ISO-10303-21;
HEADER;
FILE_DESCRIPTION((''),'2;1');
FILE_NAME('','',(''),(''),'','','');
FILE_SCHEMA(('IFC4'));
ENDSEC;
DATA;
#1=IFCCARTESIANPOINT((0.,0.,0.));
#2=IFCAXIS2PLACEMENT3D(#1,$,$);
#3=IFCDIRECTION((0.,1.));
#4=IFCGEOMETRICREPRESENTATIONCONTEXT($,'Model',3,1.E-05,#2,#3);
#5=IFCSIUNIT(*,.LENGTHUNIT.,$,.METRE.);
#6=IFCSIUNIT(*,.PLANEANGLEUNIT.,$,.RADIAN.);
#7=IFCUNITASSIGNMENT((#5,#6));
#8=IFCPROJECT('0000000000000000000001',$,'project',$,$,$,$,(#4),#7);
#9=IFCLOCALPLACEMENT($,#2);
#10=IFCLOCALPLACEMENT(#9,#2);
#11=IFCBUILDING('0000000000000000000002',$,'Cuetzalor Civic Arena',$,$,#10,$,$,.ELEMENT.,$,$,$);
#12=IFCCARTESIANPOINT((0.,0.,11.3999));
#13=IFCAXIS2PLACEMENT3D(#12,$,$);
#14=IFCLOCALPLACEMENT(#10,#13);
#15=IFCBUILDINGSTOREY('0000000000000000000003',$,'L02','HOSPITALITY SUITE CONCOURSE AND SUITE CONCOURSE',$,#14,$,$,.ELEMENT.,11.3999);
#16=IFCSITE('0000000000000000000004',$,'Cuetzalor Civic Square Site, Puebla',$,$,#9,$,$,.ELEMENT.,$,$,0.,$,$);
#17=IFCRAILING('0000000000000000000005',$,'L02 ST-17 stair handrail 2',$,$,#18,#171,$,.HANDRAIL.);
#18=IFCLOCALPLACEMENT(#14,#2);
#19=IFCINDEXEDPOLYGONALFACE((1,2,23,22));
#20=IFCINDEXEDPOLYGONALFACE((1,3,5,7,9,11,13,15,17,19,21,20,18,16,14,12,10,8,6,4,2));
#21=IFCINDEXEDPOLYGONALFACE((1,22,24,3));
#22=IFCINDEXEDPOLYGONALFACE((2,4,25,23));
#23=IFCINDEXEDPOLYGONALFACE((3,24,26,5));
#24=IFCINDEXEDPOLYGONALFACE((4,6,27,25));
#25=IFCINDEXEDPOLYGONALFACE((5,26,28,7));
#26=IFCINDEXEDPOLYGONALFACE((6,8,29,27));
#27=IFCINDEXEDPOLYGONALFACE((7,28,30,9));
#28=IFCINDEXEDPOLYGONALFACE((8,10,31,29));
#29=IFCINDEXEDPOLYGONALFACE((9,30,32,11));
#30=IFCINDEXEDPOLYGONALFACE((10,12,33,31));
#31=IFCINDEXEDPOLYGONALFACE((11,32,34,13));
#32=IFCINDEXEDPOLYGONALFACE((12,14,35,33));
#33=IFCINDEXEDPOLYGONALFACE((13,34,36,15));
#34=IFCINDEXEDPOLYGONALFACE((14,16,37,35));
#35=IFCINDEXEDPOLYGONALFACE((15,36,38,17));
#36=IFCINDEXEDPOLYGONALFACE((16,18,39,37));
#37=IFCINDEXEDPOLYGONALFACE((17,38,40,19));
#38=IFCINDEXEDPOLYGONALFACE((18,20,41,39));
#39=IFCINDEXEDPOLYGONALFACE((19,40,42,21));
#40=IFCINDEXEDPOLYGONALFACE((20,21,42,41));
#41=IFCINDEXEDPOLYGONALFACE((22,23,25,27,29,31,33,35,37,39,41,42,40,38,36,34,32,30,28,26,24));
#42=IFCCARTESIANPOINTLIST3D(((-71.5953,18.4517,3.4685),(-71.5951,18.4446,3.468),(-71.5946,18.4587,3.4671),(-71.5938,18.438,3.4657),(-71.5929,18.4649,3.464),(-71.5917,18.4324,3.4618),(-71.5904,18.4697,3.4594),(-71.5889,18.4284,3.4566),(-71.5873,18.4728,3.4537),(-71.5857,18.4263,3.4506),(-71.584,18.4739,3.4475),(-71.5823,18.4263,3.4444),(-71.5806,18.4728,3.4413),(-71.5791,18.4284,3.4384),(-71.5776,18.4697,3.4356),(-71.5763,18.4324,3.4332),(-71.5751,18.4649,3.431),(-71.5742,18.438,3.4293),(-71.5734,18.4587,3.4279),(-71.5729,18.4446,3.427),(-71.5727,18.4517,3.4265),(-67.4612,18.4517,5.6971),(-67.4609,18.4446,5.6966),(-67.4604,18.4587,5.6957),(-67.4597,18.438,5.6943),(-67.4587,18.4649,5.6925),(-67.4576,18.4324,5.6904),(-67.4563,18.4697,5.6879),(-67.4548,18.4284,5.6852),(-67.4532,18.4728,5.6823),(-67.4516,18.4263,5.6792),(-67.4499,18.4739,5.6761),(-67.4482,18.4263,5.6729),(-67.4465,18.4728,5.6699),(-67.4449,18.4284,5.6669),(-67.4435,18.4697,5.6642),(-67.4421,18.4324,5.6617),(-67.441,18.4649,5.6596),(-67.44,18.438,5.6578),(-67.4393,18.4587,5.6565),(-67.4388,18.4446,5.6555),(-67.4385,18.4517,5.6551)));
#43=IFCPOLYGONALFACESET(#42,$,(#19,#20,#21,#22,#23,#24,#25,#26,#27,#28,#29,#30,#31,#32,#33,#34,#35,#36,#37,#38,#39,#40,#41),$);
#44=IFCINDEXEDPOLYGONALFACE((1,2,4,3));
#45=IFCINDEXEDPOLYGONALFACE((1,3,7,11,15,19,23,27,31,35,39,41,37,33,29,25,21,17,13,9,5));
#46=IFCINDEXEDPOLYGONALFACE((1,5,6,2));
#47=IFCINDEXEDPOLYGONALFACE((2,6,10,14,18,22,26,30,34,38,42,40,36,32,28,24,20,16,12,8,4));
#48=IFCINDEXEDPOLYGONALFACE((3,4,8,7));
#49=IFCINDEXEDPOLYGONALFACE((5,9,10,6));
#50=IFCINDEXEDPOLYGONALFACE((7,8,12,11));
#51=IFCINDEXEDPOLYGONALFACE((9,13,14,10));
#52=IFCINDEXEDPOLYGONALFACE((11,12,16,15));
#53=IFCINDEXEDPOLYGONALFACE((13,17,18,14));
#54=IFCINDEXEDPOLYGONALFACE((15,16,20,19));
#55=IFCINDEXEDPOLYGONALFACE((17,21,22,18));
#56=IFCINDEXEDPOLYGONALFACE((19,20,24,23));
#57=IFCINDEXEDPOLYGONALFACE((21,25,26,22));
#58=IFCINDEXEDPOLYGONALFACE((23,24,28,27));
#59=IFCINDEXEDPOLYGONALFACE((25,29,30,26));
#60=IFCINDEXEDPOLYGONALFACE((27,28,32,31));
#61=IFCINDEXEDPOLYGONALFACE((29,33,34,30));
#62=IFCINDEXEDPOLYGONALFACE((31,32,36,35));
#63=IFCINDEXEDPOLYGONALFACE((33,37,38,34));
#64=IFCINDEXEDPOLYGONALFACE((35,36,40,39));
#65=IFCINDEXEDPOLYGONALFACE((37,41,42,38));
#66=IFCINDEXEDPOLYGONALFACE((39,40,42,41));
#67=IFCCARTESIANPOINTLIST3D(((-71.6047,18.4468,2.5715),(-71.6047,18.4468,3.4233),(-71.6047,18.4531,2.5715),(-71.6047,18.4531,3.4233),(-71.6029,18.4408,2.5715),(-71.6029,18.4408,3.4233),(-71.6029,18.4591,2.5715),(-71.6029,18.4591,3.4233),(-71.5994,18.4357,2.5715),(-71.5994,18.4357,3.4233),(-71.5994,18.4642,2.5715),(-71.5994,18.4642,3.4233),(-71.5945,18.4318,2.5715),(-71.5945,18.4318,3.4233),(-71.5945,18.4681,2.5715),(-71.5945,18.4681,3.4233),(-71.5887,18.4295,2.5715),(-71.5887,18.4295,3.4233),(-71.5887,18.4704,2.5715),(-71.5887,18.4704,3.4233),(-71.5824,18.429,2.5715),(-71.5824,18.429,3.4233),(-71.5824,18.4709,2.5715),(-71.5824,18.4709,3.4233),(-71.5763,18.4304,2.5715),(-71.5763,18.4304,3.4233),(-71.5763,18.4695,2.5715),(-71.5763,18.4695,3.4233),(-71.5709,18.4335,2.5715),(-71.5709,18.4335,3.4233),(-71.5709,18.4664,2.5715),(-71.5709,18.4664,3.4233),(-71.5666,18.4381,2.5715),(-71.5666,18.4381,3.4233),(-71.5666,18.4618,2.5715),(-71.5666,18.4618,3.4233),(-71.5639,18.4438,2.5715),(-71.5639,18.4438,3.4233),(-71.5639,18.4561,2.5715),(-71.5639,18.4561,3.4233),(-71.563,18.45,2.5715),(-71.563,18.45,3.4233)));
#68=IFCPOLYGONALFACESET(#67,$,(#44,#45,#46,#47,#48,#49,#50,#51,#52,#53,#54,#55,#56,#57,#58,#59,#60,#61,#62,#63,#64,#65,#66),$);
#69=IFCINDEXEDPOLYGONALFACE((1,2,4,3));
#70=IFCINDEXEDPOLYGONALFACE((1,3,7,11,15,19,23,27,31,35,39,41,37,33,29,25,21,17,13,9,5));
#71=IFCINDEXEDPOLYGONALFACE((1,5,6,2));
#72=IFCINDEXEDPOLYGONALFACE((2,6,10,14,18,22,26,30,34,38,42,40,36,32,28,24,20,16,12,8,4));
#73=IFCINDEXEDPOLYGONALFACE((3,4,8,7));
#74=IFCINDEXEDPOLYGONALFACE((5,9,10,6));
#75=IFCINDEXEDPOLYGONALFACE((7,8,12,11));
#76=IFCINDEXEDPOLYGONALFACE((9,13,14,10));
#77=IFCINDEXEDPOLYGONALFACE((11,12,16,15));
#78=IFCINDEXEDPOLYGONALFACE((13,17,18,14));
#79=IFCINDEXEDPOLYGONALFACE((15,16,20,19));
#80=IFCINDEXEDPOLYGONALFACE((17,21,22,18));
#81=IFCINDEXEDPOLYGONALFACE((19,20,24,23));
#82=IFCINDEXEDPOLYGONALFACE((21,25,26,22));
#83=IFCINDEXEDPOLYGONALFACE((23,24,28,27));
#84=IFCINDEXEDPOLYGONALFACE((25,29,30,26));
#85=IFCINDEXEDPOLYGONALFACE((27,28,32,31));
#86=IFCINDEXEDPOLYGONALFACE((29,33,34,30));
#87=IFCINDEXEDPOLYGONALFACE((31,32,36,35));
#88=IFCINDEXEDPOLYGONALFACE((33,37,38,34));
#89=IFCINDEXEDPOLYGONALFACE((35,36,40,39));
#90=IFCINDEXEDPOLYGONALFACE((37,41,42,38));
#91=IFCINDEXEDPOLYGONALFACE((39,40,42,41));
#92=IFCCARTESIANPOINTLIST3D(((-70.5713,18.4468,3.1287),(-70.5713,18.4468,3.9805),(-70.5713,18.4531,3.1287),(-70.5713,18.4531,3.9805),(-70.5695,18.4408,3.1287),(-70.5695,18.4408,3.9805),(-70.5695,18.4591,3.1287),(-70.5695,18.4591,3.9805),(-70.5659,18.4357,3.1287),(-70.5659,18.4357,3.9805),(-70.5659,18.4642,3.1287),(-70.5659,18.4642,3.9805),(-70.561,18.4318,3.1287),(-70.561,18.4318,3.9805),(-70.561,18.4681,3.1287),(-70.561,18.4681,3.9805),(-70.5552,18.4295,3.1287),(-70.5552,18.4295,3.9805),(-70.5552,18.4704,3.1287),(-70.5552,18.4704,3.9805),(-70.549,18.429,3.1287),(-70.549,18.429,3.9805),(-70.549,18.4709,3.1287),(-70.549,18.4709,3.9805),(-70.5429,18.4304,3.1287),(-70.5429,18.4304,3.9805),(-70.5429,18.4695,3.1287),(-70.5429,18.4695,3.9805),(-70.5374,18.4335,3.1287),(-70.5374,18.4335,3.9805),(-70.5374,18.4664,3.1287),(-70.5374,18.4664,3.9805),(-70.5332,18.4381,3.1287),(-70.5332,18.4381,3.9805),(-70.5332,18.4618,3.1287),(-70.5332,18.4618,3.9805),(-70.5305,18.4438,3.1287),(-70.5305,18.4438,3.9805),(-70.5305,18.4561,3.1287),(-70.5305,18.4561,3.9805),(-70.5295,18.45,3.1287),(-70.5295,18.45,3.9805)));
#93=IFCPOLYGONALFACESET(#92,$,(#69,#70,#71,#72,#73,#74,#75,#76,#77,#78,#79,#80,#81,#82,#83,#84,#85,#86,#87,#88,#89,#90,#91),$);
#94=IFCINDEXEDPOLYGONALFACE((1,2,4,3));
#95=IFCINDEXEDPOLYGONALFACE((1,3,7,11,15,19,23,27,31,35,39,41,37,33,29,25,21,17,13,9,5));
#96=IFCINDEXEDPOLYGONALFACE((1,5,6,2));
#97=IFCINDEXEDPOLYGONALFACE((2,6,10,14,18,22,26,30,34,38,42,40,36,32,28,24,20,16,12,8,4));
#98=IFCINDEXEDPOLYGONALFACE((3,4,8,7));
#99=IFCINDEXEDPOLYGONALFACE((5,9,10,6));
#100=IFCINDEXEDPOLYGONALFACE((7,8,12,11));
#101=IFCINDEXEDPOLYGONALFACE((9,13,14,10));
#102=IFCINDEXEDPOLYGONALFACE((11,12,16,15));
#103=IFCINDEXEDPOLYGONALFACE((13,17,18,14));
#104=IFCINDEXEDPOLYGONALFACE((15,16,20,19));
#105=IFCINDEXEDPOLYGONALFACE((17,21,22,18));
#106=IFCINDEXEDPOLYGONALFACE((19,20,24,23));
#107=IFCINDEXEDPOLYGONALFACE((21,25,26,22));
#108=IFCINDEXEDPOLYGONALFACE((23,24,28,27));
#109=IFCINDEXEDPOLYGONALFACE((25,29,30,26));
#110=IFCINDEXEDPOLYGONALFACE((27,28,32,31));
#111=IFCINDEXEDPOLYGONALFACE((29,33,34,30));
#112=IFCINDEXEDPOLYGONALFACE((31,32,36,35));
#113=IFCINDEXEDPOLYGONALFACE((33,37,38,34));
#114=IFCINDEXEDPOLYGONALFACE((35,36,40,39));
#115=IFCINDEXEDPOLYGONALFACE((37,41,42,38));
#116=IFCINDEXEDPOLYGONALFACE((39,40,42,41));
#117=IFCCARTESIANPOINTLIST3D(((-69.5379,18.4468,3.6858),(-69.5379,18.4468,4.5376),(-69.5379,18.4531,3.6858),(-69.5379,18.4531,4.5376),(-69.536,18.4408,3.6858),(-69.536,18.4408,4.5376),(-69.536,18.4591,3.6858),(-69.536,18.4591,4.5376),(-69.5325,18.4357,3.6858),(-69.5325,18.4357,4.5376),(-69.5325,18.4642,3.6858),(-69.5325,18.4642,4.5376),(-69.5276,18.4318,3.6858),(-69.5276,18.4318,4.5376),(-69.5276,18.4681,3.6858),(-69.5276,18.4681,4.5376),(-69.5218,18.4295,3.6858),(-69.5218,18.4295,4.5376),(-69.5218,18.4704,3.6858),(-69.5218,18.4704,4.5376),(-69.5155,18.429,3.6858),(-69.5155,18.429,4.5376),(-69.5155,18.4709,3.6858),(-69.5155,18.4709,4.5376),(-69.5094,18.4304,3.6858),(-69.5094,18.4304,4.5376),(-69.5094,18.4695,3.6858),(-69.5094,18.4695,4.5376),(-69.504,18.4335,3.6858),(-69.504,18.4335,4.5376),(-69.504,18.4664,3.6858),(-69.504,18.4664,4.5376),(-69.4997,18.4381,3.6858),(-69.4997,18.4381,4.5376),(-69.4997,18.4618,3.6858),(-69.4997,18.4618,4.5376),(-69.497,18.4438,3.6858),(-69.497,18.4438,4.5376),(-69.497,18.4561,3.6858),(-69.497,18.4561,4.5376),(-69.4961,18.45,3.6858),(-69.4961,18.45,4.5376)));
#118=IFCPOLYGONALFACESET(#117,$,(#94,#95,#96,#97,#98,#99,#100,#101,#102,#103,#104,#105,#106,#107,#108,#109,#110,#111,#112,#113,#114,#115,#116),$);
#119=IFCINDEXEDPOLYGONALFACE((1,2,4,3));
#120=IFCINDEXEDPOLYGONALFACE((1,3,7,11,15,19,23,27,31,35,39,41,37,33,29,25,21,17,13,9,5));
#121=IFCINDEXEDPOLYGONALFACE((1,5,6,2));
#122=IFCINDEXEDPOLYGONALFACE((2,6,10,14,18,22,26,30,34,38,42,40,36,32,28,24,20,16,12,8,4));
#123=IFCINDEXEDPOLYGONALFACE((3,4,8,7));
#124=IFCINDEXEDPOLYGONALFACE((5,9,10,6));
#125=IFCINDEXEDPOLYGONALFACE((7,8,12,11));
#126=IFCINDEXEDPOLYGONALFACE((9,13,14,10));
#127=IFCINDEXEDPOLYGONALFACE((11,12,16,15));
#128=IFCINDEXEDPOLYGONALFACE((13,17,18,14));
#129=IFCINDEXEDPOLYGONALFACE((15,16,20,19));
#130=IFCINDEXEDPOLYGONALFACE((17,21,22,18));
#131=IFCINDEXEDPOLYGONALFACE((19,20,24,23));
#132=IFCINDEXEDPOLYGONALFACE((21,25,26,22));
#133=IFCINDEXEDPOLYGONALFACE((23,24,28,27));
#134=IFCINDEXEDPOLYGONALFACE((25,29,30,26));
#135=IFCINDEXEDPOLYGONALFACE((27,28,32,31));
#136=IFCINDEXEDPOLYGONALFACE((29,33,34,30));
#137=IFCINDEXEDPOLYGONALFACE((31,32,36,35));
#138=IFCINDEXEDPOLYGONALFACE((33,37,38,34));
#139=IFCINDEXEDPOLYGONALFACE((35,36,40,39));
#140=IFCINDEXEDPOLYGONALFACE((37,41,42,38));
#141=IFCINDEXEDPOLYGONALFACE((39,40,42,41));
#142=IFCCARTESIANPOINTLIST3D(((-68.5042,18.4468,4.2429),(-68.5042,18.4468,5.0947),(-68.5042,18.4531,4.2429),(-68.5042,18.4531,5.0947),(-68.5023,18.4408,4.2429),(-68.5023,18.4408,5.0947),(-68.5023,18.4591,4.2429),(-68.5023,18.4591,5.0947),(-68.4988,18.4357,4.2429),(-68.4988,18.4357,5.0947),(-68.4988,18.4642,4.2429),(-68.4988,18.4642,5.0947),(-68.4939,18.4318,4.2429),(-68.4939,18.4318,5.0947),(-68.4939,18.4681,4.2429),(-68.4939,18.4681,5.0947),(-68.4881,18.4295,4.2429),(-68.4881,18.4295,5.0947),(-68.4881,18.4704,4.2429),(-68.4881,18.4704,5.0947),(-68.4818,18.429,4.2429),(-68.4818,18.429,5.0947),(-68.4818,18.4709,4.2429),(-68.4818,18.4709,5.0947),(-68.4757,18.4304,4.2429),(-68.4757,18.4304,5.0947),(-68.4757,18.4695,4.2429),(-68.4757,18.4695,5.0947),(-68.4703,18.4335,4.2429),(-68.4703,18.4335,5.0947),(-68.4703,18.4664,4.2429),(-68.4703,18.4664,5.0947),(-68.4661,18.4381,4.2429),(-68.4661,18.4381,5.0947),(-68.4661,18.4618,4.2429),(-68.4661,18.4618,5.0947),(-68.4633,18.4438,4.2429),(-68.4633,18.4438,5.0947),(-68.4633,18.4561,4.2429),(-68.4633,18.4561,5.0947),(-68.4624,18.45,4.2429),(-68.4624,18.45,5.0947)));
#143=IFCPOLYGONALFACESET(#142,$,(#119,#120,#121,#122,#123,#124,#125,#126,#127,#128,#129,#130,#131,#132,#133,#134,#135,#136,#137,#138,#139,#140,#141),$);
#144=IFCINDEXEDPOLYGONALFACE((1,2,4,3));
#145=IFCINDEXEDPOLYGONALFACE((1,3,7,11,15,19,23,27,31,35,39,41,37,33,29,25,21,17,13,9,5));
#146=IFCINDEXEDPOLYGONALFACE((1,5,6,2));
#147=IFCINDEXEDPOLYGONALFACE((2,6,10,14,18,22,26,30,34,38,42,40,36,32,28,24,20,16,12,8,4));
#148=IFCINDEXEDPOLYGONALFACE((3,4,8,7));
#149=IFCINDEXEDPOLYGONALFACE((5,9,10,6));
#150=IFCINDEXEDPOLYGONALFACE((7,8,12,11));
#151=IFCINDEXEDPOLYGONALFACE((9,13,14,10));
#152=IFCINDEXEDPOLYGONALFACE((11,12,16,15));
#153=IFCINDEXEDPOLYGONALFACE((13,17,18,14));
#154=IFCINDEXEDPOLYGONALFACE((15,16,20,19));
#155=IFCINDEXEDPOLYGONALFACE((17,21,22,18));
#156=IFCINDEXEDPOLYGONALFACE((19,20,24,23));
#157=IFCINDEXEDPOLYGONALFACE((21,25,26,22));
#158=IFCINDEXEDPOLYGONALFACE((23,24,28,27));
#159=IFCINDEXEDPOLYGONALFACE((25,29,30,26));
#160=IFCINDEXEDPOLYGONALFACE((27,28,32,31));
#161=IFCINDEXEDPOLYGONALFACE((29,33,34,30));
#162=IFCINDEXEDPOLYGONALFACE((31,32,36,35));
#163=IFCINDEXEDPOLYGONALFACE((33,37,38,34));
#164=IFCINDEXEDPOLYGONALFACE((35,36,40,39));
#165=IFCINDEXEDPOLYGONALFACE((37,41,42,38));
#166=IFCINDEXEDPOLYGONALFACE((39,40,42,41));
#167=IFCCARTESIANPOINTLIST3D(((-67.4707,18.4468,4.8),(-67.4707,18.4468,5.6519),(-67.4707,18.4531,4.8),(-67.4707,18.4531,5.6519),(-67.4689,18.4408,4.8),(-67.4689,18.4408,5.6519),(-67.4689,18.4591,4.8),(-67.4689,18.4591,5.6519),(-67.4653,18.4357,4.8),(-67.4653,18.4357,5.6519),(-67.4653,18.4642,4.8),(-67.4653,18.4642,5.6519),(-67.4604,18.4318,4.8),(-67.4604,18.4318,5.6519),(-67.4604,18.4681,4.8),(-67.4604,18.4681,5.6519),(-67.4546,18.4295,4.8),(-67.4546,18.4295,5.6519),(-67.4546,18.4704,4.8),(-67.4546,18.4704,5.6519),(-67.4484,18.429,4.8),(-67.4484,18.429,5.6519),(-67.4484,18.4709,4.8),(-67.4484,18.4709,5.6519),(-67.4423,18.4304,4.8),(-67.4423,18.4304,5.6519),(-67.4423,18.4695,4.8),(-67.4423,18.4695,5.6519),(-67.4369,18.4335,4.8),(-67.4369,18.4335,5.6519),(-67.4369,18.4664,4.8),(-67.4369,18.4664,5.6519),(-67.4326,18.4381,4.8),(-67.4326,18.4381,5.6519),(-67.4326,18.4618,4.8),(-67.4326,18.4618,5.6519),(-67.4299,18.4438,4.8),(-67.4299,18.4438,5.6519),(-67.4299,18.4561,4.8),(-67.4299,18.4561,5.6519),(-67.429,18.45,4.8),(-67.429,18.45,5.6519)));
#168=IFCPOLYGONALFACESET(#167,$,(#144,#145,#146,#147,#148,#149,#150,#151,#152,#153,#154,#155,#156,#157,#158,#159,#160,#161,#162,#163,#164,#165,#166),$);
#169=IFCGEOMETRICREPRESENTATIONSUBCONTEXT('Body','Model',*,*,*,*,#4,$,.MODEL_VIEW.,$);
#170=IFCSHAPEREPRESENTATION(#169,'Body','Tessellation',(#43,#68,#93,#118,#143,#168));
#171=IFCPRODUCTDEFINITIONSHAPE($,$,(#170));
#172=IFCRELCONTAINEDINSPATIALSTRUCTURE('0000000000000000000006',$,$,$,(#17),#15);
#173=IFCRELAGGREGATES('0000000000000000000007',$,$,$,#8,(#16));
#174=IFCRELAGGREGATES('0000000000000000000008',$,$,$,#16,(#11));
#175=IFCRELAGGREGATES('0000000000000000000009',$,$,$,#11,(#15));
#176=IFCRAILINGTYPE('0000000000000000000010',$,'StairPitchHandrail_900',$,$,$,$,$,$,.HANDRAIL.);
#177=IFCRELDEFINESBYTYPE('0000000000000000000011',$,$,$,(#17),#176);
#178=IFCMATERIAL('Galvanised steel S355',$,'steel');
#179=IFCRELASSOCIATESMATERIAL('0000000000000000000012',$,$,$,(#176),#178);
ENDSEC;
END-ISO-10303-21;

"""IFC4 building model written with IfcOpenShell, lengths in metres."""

from ifc_helpers import new_model, si_unit, direction, frame, origin, origin_2d, place, context, subcontext, project, spatial, circle, extrude, material, type_object, element, save


model = new_model("IFC4")

# Units and contexts
model_context = context("Model", 3, precision=1e-05, world=origin(), true_north=direction((0.0, 1.0)))
body_context = subcontext(model_context, "Body", "Model", "MODEL_VIEW")
ifc_project = project(units=[si_unit("LENGTHUNIT", "METRE"), si_unit("PLANEANGLEUNIT", "RADIAN")], contexts=[model_context])

# Site, building, storey
site_placement = place(None, origin())
site = spatial("IfcSite", under=ifc_project, at=site_placement, Name="Cuetzalor Civic Square Site, Puebla", CompositionType="ELEMENT", RefElevation=0.0)
building_placement = place(site_placement, origin())
building = spatial("IfcBuilding", under=site, at=building_placement, Name="Cuetzalor Civic Arena", CompositionType="ELEMENT")
storey_placement = place(building_placement, frame((0.0, 0.0, 11.3999)))
storey = spatial("IfcBuildingStorey", under=building, at=storey_placement, Name="L02", Description="HOSPITALITY SUITE CONCOURSE AND SUITE CONCOURSE", CompositionType="ELEMENT", Elevation=11.3999)

# Railing
ifc_material_1 = material(Name="Galvanised steel S355", Category="steel")
railing_type_1 = type_object("IfcRailingType", Name="StairPitchHandrail_900", PredefinedType="HANDRAIL", material=ifc_material_1)
railing_1_placement = place(storey_placement, frame((-71.584, 18.45, 2.5715)))
element("IfcRailing", 1, at=railing_1_placement, inside=storey, type_object=railing_type_1, Name="L02 ST-17 stair handrail 2", PredefinedType="HANDRAIL", context=body_context, shape_type="SweptSolid", body=[
    extrude(circle(Radius=0.0239, at=origin_2d()), frame((0.0, 0.0, 0.876), z_axis=(0.880249, 0.0, 0.474512), x_axis=(0.0, 1.0, 0.0)), (0.0, 0.0, 1.0), 4.6965),
    extrude(circle(Radius=0.021, at=origin_2d()), origin(), (0.0, 0.0, 1.0), 0.8518),
    extrude(circle(Radius=0.021, at=origin_2d()), frame((1.0334, 0.0, 0.5571)), (0.0, 0.0, 1.0), 0.8518),
    extrude(circle(Radius=0.021, at=origin_2d()), frame((2.0669, 0.0, 1.1143)), (0.0, 0.0, 1.0), 0.8518),
    extrude(circle(Radius=0.021, at=origin_2d()), frame((3.1006, 0.0, 1.6714)), (0.0, 0.0, 1.0), 0.8518),
    extrude(circle(Radius=0.021, at=origin_2d()), frame((4.134, 0.0, 2.2285)), (0.0, 0.0, 1.0), 0.8518),
])

save(model, "model.ifc")
